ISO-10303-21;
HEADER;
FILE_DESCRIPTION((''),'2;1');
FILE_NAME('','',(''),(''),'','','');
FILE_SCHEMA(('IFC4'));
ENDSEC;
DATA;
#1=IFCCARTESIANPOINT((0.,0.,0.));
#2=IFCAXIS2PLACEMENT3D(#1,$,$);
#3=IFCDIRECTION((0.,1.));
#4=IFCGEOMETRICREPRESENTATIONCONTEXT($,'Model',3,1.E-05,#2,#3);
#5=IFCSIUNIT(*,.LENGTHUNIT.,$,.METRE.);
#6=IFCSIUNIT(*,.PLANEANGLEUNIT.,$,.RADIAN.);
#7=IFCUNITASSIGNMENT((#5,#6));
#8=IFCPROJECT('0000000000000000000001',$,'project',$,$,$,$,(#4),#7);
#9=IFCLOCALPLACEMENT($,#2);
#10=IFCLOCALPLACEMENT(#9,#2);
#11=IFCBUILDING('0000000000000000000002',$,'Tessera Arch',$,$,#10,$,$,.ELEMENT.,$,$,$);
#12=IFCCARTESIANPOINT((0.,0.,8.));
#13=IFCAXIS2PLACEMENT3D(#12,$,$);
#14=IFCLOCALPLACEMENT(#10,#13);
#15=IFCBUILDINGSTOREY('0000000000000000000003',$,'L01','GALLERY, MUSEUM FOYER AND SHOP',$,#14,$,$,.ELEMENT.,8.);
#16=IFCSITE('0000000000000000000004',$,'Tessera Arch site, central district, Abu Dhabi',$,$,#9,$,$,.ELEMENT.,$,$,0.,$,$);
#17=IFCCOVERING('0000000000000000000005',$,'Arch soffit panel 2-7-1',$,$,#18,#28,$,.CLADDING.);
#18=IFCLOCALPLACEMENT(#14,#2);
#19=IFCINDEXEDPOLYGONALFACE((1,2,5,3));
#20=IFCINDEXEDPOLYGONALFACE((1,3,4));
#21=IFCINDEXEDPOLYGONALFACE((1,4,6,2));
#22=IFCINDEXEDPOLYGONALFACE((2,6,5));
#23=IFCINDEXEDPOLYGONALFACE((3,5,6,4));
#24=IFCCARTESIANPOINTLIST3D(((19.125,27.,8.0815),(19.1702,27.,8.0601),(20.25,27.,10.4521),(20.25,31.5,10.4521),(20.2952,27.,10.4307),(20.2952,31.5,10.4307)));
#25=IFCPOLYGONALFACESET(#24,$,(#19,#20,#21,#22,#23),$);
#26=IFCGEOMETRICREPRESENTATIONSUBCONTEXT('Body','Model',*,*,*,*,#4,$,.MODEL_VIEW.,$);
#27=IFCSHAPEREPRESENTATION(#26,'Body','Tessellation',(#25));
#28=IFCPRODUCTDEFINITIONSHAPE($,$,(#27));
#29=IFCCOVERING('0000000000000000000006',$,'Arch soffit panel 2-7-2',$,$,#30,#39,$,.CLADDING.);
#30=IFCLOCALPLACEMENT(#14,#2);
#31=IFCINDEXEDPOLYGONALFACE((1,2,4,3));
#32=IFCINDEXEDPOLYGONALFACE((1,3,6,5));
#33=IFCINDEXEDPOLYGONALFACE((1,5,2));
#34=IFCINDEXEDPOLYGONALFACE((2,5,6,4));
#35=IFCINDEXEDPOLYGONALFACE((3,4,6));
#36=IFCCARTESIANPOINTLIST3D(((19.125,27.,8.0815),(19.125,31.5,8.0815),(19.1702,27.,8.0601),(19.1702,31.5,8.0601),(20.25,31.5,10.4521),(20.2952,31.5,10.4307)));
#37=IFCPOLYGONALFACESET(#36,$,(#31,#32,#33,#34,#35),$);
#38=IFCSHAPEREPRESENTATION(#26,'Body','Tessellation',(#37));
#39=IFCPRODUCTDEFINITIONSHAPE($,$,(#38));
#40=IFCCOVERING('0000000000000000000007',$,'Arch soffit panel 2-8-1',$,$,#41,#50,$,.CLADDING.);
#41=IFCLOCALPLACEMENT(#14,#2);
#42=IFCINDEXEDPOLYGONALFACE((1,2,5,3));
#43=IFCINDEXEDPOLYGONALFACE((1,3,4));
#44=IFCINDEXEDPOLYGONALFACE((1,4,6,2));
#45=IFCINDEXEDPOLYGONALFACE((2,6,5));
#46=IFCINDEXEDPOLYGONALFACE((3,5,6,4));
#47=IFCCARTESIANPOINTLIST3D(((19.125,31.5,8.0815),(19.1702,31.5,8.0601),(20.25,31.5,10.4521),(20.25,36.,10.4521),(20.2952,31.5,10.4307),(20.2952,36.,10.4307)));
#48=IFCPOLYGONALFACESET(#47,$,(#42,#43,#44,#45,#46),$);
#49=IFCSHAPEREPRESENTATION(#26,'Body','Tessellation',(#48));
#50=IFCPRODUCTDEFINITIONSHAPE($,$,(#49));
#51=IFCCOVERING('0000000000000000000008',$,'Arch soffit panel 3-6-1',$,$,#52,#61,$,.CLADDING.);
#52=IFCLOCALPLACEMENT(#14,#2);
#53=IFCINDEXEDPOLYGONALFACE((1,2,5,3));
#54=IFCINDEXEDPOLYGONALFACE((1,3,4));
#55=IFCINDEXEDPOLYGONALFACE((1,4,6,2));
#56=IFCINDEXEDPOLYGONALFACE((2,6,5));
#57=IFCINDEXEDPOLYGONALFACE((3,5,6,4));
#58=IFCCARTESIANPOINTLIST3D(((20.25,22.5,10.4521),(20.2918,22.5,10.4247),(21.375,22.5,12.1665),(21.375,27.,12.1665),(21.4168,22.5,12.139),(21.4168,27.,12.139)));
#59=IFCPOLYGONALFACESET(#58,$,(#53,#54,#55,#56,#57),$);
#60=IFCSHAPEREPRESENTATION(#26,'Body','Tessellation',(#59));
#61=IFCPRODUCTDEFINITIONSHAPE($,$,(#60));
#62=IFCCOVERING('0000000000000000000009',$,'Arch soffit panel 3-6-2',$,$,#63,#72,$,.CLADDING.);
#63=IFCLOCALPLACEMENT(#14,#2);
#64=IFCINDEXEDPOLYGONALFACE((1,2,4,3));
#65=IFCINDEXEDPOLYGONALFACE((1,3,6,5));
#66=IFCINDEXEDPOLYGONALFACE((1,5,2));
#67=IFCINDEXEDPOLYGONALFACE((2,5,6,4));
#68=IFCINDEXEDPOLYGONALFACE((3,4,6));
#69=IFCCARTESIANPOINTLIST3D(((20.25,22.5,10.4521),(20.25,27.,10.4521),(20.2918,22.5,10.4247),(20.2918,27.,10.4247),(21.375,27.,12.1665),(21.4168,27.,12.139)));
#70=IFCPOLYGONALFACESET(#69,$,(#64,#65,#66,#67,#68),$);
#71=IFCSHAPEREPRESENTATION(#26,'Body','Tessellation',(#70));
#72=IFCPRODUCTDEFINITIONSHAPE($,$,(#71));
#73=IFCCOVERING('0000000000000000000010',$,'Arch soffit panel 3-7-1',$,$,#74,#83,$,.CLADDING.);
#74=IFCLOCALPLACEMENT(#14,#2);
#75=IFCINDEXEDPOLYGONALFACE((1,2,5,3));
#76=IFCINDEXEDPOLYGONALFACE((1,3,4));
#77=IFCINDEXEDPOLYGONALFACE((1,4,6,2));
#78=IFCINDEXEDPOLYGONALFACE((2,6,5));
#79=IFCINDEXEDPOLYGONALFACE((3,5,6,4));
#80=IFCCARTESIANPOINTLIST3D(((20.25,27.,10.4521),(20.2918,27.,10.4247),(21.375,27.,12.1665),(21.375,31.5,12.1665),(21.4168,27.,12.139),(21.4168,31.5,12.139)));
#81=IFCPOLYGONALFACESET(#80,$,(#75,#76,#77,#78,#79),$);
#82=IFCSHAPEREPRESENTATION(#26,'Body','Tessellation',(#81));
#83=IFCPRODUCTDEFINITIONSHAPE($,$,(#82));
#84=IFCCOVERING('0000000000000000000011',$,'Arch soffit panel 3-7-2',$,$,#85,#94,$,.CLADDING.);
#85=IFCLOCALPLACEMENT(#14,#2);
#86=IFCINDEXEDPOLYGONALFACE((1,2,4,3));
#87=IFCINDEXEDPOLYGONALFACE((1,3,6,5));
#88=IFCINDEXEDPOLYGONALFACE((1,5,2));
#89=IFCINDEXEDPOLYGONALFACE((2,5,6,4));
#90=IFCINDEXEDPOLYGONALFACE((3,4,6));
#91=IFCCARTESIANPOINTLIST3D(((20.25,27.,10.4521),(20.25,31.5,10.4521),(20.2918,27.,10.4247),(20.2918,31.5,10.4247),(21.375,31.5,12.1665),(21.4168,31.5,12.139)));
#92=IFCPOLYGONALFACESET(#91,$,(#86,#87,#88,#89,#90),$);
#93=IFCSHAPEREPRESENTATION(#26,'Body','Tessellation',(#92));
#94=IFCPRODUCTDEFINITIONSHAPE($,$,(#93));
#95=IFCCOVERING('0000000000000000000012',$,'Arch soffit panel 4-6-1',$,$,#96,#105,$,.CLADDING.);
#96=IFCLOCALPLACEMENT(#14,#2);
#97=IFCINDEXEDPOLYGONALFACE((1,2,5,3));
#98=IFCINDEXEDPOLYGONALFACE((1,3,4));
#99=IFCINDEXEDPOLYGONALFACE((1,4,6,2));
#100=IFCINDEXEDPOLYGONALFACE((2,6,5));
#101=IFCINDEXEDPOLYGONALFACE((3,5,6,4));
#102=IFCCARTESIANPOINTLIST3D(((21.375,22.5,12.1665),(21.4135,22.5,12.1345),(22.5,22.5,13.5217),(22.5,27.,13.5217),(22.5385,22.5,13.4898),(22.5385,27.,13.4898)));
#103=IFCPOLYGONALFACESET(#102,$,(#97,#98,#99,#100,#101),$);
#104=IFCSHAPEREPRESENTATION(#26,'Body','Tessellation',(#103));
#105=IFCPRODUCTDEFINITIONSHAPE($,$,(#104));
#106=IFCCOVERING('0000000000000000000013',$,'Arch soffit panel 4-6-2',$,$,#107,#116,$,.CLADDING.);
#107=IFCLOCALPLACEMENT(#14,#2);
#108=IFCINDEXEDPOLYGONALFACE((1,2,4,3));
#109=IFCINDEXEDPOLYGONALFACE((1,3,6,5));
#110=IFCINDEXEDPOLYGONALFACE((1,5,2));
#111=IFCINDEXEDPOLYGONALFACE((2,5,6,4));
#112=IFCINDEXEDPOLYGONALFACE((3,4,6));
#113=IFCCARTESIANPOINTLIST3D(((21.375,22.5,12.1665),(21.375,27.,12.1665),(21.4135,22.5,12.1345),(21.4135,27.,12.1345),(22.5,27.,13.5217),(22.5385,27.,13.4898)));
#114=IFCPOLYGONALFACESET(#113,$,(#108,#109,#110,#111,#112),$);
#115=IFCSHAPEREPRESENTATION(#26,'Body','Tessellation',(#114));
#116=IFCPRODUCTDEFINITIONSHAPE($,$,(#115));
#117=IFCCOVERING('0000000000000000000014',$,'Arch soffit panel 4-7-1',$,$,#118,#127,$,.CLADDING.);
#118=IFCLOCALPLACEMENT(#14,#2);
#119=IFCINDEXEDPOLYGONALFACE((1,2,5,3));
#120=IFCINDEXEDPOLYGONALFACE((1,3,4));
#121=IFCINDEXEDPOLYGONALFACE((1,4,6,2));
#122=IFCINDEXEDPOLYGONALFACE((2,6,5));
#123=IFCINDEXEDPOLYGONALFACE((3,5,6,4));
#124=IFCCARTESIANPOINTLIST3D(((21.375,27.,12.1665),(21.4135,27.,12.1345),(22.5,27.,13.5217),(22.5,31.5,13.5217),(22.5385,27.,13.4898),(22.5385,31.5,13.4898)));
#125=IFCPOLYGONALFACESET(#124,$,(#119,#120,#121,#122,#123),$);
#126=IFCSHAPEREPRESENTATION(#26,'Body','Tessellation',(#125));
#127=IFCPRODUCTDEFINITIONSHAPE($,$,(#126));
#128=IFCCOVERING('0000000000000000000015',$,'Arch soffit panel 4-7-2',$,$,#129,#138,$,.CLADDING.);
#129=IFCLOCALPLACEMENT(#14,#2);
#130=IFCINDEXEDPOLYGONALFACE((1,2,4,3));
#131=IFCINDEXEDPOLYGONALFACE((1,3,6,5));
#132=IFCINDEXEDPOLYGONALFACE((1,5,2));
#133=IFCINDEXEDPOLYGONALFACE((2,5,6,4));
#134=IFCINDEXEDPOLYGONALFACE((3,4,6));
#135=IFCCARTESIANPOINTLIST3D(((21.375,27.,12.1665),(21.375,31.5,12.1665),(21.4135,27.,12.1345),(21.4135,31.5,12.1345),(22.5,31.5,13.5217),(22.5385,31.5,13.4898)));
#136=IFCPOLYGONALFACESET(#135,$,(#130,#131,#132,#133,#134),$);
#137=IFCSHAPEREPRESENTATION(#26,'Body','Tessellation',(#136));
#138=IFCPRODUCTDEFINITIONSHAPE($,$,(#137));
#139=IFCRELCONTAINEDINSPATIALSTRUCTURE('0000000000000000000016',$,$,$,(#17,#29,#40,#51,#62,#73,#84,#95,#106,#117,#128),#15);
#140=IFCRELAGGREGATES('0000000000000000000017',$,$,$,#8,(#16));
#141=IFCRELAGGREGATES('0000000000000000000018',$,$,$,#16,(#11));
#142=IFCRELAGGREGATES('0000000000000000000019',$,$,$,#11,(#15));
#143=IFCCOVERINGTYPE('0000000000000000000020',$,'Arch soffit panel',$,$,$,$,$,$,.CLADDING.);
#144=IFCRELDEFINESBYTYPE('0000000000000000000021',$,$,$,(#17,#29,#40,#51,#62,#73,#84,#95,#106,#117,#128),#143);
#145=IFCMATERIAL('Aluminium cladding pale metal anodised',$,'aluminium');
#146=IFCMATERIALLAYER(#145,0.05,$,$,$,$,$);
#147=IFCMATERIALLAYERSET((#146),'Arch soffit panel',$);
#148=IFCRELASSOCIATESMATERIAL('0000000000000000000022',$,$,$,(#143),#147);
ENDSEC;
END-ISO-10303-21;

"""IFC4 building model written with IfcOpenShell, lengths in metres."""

from ifc_helpers import new_model, si_unit, direction, frame, origin, place, context, subcontext, project, spatial, polyline, outline, extrude, material, layer, layer_set, type_object, element, save


model = new_model("IFC4")

# Units and contexts
model_context = context("Model", 3, precision=1e-05, world=origin(), true_north=direction((0.0, 1.0)))
body_context = subcontext(model_context, "Body", "Model", "MODEL_VIEW")
ifc_project = project(units=[si_unit("LENGTHUNIT", "METRE"), si_unit("PLANEANGLEUNIT", "RADIAN")], contexts=[model_context])

# Site, building, storey
site_placement = place(None, origin())
site = spatial("IfcSite", under=ifc_project, at=site_placement, Name="Tessera Arch site, central district, Abu Dhabi", CompositionType="ELEMENT", RefElevation=0.0)
building_placement = place(site_placement, origin())
building = spatial("IfcBuilding", under=site, at=building_placement, Name="Tessera Arch", CompositionType="ELEMENT")
storey_placement = place(building_placement, frame((0.0, 0.0, 8.0)))
storey = spatial("IfcBuildingStorey", under=building, at=storey_placement, Name="L01", Description="GALLERY, MUSEUM FOYER AND SHOP", CompositionType="ELEMENT", Elevation=8.0)

# Coverings
ifc_material_1 = material(Name="Aluminium cladding pale metal anodised", Category="aluminium")
ifc_layer_1 = layer(ifc_material_1, 0.05)
ifc_layer_set_1 = layer_set([ifc_layer_1], Name="Arch soffit panel")
covering_type = type_object("IfcCoveringType", Name="Arch soffit panel", PredefinedType="CLADDING", material=ifc_layer_set_1)
covering_1_placement = place(storey_placement, frame((19.125, 27.0, 8.0815), z_axis=(-0.903431, 0.0, 0.428734), x_axis=(0.428734, 0.0, 0.903431)))
element("IfcCovering", 1, at=covering_1_placement, inside=storey, type_object=covering_type, Name="Arch soffit panel 2-7-1", PredefinedType="CLADDING", context=body_context, shape_type="SweptSolid", body=[
    extrude(outline(polyline([(0.0, 0.0), (2.624, 0.0), (2.624, 4.5), (0.0, 0.0)])), origin(), (0.0, 0.0, -1.0), 0.05),
])
covering_2_placement = place(storey_placement, frame((19.125, 27.0, 8.0815), z_axis=(-0.903431, 0.0, 0.428734), x_axis=(0.215966, 0.863862, 0.455084)))
element("IfcCovering", 2, at=covering_2_placement, inside=storey, type_object=covering_type, Name="Arch soffit panel 2-7-2", PredefinedType="CLADDING", context=body_context, shape_type="SweptSolid", body=[
    extrude(outline(polyline([(0.0, 0.0), (5.2092, 0.0), (3.8874, 2.2668), (0.0, 0.0)])), origin(), (0.0, 0.0, -1.0), 0.05),
])
covering_3_placement = place(storey_placement, frame((19.125, 31.5, 8.0815), z_axis=(-0.903431, 0.0, 0.428734), x_axis=(0.428734, 0.0, 0.903431)))
element("IfcCovering", 3, at=covering_3_placement, inside=storey, type_object=covering_type, Name="Arch soffit panel 2-8-1", PredefinedType="CLADDING", context=body_context, shape_type="SweptSolid", body=[
    extrude(outline(polyline([(0.0, 0.0), (2.624, 0.0), (2.624, 4.5), (0.0, 0.0)])), origin(), (0.0, 0.0, -1.0), 0.05),
])
covering_4_placement = place(storey_placement, frame((20.25, 22.5, 10.4521), z_axis=(-0.836058, 0.0, 0.548641), x_axis=(0.548641, 0.0, 0.836058)))
element("IfcCovering", 4, at=covering_4_placement, inside=storey, type_object=covering_type, Name="Arch soffit panel 3-6-1", PredefinedType="CLADDING", context=body_context, shape_type="SweptSolid", body=[
    extrude(outline(polyline([(0.0, 0.0), (2.0505, 0.0), (2.0505, 4.5), (0.0, 0.0)])), origin(), (0.0, 0.0, -1.0), 0.05),
])
covering_5_placement = place(storey_placement, frame((20.25, 22.5, 10.4521), z_axis=(-0.836058, 0.0, 0.548641), x_axis=(0.227495, 0.90998, 0.346673)))
element("IfcCovering", 5, at=covering_5_placement, inside=storey, type_object=covering_type, Name="Arch soffit panel 3-6-2", PredefinedType="CLADDING", context=body_context, shape_type="SweptSolid", body=[
    extrude(outline(polyline([(0.0, 0.0), (4.9452, 0.0), (4.0949, 1.8659), (0.0, 0.0)])), origin(), (0.0, 0.0, -1.0), 0.05),
])
covering_6_placement = place(storey_placement, frame((20.25, 27.0, 10.4521), z_axis=(-0.836058, 0.0, 0.548641), x_axis=(0.548641, 0.0, 0.836058)))
element("IfcCovering", 6, at=covering_6_placement, inside=storey, type_object=covering_type, Name="Arch soffit panel 3-7-1", PredefinedType="CLADDING", context=body_context, shape_type="SweptSolid", body=[
    extrude(outline(polyline([(0.0, 0.0), (2.0505, 0.0), (2.0505, 4.5), (0.0, 0.0)])), origin(), (0.0, 0.0, -1.0), 0.05),
])
covering_7_placement = place(storey_placement, frame((20.25, 27.0, 10.4521), z_axis=(-0.836058, 0.0, 0.548641), x_axis=(0.227495, 0.90998, 0.346673)))
element("IfcCovering", 7, at=covering_7_placement, inside=storey, type_object=covering_type, Name="Arch soffit panel 3-7-2", PredefinedType="CLADDING", context=body_context, shape_type="SweptSolid", body=[
    extrude(outline(polyline([(0.0, 0.0), (4.9452, 0.0), (4.0949, 1.8659), (0.0, 0.0)])), origin(), (0.0, 0.0, -1.0), 0.05),
])
covering_8_placement = place(storey_placement, frame((21.375, 22.5, 12.1665), z_axis=(-0.769436, 0.0, 0.638724), x_axis=(0.638724, 0.0, 0.769436)))
element("IfcCovering", 8, at=covering_8_placement, inside=storey, type_object=covering_type, Name="Arch soffit panel 4-6-1", PredefinedType="CLADDING", context=body_context, shape_type="SweptSolid", body=[
    extrude(outline(polyline([(0.0, 0.0), (1.7613, 0.0), (1.7613, 4.5), (0.0, 0.0)])), origin(), (0.0, 0.0, -1.0), 0.05),
])
covering_9_placement = place(storey_placement, frame((21.375, 22.5, 12.1665), z_axis=(-0.769436, 0.0, 0.638724), x_axis=(0.232803, 0.931211, 0.280444)))
element("IfcCovering", 9, at=covering_9_placement, inside=storey, type_object=covering_type, Name="Arch soffit panel 4-6-2", PredefinedType="CLADDING", context=body_context, shape_type="SweptSolid", body=[
    extrude(outline(polyline([(0.0, 0.0), (4.8324, 0.0), (4.1904, 1.6402), (0.0, 0.0)])), origin(), (0.0, 0.0, -1.0), 0.05),
])
covering_10_placement = place(storey_placement, frame((21.375, 27.0, 12.1665), z_axis=(-0.769436, 0.0, 0.638724), x_axis=(0.638724, 0.0, 0.769436)))
element("IfcCovering", 10, at=covering_10_placement, inside=storey, type_object=covering_type, Name="Arch soffit panel 4-7-1", PredefinedType="CLADDING", context=body_context, shape_type="SweptSolid", body=[
    extrude(outline(polyline([(0.0, 0.0), (1.7613, 0.0), (1.7613, 4.5), (0.0, 0.0)])), origin(), (0.0, 0.0, -1.0), 0.05),
])
covering_11_placement = place(storey_placement, frame((21.375, 27.0, 12.1665), z_axis=(-0.769436, 0.0, 0.638724), x_axis=(0.232803, 0.931211, 0.280444)))
element("IfcCovering", 11, at=covering_11_placement, inside=storey, type_object=covering_type, Name="Arch soffit panel 4-7-2", PredefinedType="CLADDING", context=body_context, shape_type="SweptSolid", body=[
    extrude(outline(polyline([(0.0, 0.0), (4.8324, 0.0), (4.1904, 1.6402), (0.0, 0.0)])), origin(), (0.0, 0.0, -1.0), 0.05),
])

save(model, "model.ifc")
